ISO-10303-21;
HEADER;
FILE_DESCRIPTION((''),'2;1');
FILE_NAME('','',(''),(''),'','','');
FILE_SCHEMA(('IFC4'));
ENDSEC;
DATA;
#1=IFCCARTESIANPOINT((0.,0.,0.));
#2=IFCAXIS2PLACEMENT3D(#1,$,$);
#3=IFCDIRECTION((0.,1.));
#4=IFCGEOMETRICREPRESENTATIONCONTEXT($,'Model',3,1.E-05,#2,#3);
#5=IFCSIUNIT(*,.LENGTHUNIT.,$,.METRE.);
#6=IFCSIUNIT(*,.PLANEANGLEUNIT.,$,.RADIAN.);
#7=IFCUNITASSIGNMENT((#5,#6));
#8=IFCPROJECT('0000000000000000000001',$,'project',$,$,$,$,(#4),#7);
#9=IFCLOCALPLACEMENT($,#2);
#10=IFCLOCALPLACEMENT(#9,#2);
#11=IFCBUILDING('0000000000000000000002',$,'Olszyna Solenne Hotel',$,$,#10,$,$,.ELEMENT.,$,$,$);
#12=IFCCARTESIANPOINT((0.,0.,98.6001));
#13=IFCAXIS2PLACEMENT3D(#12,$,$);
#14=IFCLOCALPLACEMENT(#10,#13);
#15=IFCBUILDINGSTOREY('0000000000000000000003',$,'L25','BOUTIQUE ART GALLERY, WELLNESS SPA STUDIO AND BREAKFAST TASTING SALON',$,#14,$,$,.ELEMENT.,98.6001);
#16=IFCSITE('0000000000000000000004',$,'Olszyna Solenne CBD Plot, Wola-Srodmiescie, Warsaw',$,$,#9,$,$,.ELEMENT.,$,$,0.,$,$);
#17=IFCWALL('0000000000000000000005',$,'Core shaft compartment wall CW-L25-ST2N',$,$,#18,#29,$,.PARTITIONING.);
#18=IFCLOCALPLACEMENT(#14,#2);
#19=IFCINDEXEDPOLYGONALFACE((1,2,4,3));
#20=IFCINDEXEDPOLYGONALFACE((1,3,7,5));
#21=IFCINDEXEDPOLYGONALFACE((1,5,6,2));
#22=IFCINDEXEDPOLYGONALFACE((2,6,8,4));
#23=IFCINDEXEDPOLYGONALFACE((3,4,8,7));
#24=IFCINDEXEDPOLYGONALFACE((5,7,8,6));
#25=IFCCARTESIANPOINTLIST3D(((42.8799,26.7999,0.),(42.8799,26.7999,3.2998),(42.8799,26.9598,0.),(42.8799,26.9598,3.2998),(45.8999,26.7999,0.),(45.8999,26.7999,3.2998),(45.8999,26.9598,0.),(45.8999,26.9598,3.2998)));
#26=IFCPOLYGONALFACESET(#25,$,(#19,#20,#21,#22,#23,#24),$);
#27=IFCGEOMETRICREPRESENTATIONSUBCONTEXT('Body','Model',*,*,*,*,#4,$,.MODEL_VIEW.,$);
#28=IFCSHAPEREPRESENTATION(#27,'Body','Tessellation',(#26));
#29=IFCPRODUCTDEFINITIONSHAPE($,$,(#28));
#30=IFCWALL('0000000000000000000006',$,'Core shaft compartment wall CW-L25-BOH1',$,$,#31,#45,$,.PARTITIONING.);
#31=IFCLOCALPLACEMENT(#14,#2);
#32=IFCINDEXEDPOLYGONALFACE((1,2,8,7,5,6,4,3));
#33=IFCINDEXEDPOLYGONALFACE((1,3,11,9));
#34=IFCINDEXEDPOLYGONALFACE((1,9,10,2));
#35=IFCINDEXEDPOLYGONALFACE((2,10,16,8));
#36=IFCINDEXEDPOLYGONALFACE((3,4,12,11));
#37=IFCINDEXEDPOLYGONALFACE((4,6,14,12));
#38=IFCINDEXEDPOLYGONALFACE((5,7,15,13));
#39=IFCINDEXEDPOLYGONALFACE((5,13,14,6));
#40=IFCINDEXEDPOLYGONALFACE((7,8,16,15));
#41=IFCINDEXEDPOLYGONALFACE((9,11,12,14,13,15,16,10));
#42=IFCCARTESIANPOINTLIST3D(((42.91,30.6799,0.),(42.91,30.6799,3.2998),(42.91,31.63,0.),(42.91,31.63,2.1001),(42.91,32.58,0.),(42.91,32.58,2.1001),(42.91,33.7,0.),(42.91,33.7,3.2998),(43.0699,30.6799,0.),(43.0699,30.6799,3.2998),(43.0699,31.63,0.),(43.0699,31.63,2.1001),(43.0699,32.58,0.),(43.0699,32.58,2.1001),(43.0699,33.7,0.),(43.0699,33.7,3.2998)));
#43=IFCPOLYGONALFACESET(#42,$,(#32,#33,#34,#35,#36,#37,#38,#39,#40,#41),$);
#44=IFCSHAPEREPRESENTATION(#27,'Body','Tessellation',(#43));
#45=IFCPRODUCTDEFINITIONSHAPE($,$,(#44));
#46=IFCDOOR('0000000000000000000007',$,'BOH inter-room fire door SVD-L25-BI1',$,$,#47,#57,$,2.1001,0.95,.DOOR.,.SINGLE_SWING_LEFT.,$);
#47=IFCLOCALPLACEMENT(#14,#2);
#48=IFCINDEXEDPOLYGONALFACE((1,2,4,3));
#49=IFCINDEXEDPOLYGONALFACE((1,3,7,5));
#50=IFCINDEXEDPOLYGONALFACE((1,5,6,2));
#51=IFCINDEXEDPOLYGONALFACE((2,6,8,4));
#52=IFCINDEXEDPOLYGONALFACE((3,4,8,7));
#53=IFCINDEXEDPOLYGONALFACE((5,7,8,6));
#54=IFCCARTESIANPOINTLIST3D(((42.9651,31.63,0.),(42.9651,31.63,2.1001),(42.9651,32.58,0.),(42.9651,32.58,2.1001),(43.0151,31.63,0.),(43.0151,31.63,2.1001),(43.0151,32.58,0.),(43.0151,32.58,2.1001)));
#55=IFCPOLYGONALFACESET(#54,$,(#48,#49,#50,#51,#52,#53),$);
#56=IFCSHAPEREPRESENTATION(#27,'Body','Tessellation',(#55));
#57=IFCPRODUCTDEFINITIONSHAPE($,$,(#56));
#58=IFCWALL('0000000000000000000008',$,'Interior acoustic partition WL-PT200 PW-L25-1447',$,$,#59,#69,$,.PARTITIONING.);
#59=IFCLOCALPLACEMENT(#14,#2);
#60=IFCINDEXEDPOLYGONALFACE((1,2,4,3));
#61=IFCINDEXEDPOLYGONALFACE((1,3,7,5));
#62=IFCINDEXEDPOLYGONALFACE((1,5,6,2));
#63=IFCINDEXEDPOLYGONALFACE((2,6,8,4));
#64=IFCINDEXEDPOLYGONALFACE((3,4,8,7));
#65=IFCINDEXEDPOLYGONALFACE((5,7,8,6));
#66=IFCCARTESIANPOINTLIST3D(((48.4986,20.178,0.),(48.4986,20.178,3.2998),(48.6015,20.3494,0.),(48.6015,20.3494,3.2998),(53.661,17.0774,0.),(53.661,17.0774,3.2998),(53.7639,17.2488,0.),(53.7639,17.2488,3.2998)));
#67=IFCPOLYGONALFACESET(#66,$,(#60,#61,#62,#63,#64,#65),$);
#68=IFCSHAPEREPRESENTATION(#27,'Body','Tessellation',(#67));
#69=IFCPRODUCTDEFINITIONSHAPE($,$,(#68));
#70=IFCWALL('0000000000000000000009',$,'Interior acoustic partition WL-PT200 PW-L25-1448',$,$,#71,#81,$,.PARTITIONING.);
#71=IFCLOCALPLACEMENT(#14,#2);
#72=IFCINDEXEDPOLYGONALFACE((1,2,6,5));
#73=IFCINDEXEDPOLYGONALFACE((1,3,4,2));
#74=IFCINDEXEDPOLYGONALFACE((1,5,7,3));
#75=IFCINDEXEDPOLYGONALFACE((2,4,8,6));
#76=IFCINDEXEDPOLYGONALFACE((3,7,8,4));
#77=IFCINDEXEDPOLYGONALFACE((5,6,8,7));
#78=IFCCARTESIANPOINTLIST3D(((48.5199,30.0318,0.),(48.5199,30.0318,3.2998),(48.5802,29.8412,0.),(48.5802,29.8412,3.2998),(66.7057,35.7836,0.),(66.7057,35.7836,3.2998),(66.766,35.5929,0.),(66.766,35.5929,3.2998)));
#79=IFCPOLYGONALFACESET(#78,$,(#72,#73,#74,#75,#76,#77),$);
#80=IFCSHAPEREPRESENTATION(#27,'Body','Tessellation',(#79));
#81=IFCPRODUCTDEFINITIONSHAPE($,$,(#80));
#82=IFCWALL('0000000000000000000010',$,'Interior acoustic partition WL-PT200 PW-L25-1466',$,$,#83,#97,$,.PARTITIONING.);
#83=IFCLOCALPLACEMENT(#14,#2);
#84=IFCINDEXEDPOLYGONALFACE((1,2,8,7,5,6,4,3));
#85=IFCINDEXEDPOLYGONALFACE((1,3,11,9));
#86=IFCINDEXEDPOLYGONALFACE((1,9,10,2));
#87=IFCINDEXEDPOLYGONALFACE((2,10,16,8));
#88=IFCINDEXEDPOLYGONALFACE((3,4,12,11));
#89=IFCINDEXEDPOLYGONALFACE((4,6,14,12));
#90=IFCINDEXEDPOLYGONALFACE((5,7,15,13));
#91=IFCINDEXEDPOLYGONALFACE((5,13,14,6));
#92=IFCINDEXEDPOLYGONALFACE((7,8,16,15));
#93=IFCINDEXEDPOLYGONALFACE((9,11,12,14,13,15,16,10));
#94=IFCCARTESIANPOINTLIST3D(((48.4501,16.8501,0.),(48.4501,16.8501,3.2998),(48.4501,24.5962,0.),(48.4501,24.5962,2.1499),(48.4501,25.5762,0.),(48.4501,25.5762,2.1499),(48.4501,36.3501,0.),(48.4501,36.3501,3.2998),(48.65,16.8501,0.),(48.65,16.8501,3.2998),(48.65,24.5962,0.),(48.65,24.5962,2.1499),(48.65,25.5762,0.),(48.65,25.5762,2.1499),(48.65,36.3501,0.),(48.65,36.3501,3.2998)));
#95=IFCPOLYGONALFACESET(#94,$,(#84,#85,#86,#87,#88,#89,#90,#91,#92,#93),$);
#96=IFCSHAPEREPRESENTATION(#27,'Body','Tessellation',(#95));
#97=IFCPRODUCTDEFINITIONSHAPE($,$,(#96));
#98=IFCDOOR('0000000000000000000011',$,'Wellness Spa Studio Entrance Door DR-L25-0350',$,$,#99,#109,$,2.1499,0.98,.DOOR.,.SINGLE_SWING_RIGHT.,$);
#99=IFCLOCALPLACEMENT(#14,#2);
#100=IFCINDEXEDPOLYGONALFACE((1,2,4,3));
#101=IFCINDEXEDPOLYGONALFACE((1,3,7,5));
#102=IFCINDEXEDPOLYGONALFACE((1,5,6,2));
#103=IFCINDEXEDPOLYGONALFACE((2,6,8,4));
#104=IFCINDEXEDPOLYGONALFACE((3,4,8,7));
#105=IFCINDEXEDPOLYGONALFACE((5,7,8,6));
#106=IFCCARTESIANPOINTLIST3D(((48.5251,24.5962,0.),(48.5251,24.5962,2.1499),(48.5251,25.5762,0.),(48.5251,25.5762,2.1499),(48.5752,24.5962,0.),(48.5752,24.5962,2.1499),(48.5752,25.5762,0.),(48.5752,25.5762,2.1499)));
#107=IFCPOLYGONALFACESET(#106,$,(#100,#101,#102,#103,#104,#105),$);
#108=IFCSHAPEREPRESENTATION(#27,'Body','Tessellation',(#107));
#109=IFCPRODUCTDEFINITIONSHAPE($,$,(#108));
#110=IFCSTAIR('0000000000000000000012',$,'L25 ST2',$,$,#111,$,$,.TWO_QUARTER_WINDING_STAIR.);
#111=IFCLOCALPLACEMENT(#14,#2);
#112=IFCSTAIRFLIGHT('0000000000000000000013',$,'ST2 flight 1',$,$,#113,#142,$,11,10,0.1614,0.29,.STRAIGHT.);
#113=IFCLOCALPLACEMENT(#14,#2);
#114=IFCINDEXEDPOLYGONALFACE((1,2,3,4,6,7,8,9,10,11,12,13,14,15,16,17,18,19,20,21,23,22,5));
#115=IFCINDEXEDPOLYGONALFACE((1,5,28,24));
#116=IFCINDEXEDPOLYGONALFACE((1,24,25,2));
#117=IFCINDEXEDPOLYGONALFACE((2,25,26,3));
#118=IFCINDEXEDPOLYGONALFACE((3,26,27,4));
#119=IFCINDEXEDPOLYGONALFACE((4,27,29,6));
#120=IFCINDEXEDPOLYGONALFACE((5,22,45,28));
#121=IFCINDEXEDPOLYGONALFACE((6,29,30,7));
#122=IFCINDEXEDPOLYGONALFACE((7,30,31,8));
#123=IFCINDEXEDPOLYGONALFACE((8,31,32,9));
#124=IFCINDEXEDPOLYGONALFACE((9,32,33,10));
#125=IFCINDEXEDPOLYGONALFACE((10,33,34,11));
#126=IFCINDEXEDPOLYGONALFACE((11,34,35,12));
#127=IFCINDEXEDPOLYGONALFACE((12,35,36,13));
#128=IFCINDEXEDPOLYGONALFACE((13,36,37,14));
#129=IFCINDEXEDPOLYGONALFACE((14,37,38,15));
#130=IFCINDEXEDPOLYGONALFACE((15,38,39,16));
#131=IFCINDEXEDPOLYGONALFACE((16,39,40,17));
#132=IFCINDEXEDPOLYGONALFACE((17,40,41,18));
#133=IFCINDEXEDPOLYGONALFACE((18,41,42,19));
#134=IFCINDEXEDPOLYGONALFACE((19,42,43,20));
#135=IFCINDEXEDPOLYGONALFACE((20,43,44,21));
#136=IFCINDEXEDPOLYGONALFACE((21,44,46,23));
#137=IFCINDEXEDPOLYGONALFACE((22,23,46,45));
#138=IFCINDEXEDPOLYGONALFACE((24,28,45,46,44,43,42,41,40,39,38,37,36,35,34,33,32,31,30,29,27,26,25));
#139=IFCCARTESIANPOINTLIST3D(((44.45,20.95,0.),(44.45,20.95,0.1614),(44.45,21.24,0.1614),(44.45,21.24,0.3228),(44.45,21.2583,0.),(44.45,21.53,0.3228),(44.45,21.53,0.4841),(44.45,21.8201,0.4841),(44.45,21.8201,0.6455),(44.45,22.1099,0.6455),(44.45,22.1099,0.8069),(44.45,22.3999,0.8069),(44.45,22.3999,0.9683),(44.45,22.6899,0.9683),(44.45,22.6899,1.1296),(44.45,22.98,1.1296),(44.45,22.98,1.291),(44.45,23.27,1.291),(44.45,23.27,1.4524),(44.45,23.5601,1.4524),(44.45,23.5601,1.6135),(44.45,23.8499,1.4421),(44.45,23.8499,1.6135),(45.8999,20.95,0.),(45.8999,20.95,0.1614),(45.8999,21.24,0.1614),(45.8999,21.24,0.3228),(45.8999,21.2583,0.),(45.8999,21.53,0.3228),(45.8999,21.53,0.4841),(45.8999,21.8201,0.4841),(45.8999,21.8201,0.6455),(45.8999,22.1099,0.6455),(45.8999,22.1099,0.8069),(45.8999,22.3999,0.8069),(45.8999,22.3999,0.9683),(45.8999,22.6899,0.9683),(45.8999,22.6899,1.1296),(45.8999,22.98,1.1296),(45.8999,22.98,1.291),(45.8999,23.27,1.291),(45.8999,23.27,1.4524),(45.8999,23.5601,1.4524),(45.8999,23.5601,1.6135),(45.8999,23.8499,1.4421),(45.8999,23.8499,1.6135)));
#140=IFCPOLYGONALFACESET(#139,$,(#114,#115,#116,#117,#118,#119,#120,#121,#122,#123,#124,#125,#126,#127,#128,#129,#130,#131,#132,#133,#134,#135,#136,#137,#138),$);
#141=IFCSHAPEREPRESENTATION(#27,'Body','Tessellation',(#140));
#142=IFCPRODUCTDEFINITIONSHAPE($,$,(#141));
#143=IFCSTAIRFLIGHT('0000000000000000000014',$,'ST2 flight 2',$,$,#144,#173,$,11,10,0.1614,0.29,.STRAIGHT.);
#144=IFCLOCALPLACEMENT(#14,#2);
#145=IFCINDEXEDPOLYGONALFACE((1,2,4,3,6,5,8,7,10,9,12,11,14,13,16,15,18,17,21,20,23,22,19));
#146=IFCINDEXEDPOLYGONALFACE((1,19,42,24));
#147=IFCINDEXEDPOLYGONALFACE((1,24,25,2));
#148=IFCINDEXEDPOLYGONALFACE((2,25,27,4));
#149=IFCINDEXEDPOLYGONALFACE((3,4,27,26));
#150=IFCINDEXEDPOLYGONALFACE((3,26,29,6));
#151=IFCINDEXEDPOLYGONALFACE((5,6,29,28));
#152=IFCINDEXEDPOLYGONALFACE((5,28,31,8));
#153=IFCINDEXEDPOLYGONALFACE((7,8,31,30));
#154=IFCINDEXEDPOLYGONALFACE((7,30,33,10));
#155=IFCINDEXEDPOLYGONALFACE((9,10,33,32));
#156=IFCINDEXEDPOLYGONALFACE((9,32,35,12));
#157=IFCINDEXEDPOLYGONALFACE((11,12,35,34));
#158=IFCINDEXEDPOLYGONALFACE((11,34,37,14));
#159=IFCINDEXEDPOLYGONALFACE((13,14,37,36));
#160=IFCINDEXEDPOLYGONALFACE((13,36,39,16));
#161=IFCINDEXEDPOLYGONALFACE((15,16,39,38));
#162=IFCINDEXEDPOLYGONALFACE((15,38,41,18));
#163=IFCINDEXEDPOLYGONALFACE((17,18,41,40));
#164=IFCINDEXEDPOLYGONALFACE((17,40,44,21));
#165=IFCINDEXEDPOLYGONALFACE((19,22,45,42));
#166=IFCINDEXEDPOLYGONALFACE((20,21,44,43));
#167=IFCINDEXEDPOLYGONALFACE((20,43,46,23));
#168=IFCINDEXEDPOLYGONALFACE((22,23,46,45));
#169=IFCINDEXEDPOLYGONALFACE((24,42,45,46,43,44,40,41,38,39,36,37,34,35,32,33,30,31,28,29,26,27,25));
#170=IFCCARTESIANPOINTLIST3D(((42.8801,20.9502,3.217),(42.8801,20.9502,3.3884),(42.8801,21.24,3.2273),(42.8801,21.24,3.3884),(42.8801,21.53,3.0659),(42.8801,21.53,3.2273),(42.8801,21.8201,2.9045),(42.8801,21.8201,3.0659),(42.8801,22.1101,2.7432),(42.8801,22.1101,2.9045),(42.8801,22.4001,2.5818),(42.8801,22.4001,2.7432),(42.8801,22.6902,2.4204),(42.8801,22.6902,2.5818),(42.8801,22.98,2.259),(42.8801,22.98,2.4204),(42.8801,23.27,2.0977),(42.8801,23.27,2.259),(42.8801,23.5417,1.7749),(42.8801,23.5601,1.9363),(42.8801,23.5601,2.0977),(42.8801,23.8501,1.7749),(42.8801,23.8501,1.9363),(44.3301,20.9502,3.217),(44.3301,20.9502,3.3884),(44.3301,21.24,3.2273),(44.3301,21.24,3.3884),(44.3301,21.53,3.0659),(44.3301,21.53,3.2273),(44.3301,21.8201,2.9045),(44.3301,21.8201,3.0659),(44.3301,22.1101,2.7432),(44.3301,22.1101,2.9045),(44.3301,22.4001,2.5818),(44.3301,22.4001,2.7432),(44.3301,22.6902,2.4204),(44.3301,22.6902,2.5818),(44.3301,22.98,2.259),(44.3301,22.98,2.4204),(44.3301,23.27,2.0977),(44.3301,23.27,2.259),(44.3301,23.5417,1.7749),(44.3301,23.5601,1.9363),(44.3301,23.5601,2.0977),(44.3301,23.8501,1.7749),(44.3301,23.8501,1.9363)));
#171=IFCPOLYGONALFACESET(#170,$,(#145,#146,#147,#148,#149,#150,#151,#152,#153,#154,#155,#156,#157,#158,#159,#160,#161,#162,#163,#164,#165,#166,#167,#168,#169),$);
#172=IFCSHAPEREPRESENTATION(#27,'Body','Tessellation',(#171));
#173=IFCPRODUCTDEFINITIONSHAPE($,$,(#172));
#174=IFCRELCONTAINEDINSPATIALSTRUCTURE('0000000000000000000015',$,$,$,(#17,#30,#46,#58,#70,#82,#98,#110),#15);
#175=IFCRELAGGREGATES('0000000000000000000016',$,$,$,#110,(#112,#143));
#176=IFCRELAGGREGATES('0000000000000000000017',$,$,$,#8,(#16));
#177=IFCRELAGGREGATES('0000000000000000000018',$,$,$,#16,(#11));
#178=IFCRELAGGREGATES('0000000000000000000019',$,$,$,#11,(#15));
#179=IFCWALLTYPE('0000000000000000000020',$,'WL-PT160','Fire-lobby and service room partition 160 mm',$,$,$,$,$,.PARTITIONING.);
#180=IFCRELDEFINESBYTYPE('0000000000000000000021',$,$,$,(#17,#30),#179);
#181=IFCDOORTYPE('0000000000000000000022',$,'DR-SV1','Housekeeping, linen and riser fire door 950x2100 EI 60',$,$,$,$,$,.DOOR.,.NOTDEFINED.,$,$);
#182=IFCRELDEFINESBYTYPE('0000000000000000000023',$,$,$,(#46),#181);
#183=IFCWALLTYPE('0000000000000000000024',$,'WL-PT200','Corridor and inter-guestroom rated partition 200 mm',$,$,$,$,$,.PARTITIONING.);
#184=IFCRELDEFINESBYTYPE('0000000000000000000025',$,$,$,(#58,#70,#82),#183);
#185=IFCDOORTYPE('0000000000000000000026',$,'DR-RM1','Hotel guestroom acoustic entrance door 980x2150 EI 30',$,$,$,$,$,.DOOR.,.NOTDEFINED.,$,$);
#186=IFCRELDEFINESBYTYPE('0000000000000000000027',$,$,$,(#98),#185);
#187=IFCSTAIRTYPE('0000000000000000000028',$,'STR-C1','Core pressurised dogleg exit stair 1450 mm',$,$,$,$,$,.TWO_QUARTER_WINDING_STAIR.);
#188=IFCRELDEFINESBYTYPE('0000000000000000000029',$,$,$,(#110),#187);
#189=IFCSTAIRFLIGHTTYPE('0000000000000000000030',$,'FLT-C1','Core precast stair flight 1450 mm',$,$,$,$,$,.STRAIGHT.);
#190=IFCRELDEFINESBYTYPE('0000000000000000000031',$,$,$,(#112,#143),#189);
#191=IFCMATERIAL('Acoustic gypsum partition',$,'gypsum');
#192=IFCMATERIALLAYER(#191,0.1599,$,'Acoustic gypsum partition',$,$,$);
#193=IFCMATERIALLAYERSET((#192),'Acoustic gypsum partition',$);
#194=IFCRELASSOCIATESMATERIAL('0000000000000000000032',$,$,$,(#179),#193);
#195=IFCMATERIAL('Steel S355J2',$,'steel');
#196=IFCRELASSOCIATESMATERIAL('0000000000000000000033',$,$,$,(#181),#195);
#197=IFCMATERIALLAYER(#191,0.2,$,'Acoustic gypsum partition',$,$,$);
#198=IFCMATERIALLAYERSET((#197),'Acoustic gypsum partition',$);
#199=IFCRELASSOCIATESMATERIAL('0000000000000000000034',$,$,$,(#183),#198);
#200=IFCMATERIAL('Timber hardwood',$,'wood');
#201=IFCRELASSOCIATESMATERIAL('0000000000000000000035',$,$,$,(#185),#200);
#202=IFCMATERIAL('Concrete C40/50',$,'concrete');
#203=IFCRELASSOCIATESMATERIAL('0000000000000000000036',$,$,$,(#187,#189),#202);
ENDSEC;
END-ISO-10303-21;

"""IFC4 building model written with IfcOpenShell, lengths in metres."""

from ifc_helpers import new_model, si_unit, direction, frame, frame_2d, origin, place, context, subcontext, project, spatial, polyline, rectangle, outline, extrude, source, transform, mapped, material, layer, layer_set, type_object, type_shapes, element, fill, aggregate, save


model = new_model("IFC4")

# Units and contexts
model_context = context("Model", 3, precision=1e-05, world=origin(), true_north=direction((0.0, 1.0)))
body_context = subcontext(model_context, "Body", "Model", "MODEL_VIEW")
ifc_project = project(units=[si_unit("LENGTHUNIT", "METRE"), si_unit("PLANEANGLEUNIT", "RADIAN")], contexts=[model_context])

# Site, building, storey
site_placement = place(None, origin())
site = spatial("IfcSite", under=ifc_project, at=site_placement, Name="Olszyna Solenne CBD Plot, Wola-Srodmiescie, Warsaw", CompositionType="ELEMENT", RefElevation=0.0)
building_placement = place(site_placement, origin())
building = spatial("IfcBuilding", under=site, at=building_placement, Name="Olszyna Solenne Hotel", CompositionType="ELEMENT")
storey_placement = place(building_placement, frame((0.0, 0.0, 98.6001)))
storey = spatial("IfcBuildingStorey", under=building, at=storey_placement, Name="L25", Description="BOUTIQUE ART GALLERY, WELLNESS SPA STUDIO AND BREAKFAST TASTING SALON", CompositionType="ELEMENT", Elevation=98.6001)

# Shared definitions
ifc_material_1 = material(Name="Steel S355J2", Category="steel")

# Shared definitions
ifc_material_2 = material(Name="Acoustic gypsum partition", Category="gypsum")

# Shared definitions
ifc_layer_1 = layer(ifc_material_2, 0.1599, Name="Acoustic gypsum partition")
ifc_layer_set_1 = layer_set([ifc_layer_1], Name="Acoustic gypsum partition")
wall_type_1 = type_object("IfcWallType", Name="WL-PT160", Description="Fire-lobby and service room partition 160 mm", PredefinedType="PARTITIONING", material=ifc_layer_set_1)

# Wall
wall_1_placement = place(storey_placement, frame((42.8799, 26.8799, 0.0), z_axis=(0.0, 0.0, 1.0), x_axis=(1.0, 0.0, 0.0)))
element("IfcWall", 1, at=wall_1_placement, inside=storey, type_object=wall_type_1, Name="Core shaft compartment wall CW-L25-ST2N", PredefinedType="PARTITIONING", context=body_context, shape_type="SweptSolid", body=[
    extrude(rectangle(XDim=3.02, YDim=0.1599, at=frame_2d((1.51, 0.0))), origin(), (0.0, 0.0, 1.0), 3.2998),
])

# Wall, opening, door
wall_2_placement = place(storey_placement, frame((42.99, 30.6799, 0.0), z_axis=(0.0, 0.0, 1.0), x_axis=(0.0, 1.0, 0.0)))
wall_2 = element("IfcWall", 2, at=wall_2_placement, inside=storey, type_object=wall_type_1, Name="Core shaft compartment wall CW-L25-BOH1", PredefinedType="PARTITIONING", context=body_context, shape_type="SweptSolid", body=[
    extrude(rectangle(XDim=3.02, YDim=0.1599, at=frame_2d((1.51, 0.0))), origin(), (0.0, 0.0, 1.0), 3.2998),
])
opening_1_placement = place(wall_2_placement, frame((0.95, 0.0, 0.0)))
opening_1 = element("IfcOpeningElement", 3, at=opening_1_placement, cuts=wall_2, PredefinedType="OPENING", context=body_context, shape_type="SweptSolid", body=[
    extrude(rectangle(XDim=0.95, YDim=2.1001, at=frame_2d((0.4751, 1.05))), frame((0.0, 0.0898, 0.0), z_axis=(0.0, -1.0, 0.0), x_axis=(1.0, 0.0, 0.0)), (0.0, 0.0, 1.0), 0.1799),
])
door_type_1 = type_object("IfcDoorType", Name="DR-SV1", Description="Housekeeping, linen and riser fire door 950x2100 EI 60", OperationType="NOTDEFINED", PredefinedType="DOOR", material=ifc_material_1)
shared_shape_1 = source(origin(), body_context, "Body", "SweptSolid", [
    extrude(rectangle(XDim=0.95, YDim=2.1001, at=frame_2d((0.4751, 1.05))), frame((0.0, 0.0249, 0.0), z_axis=(0.0, -1.0, 0.0), x_axis=(1.0, 0.0, 0.0)), (0.0, 0.0, 1.0), 0.05),
])
type_shapes(door_type_1, [shared_shape_1])
door_1_placement = place(opening_1_placement, origin())
door_1 = element("IfcDoor", 4, at=door_1_placement, inside=storey, type_object=door_type_1, Name="BOH inter-room fire door SVD-L25-BI1", OperationType="SINGLE_SWING_LEFT", OverallHeight=2.1001, OverallWidth=0.95, PredefinedType="DOOR", context=body_context, shape_type="MappedRepresentation", body=[
    mapped(shared_shape_1, transform((0.0, 0.0, 0.0), x_axis=(1.0, 0.0, 0.0), y_axis=(0.0, 1.0, 0.0), z_axis=(0.0, 0.0, 1.0), scale=1.0)),
])
fill(opening_1, door_1)

# Walls
ifc_layer_2 = layer(ifc_material_2, 0.2, Name="Acoustic gypsum partition")
ifc_layer_set_2 = layer_set([ifc_layer_2], Name="Acoustic gypsum partition")
wall_type_2 = type_object("IfcWallType", Name="WL-PT200", Description="Corridor and inter-guestroom rated partition 200 mm", PredefinedType="PARTITIONING", material=ifc_layer_set_2)
wall_3_placement = place(storey_placement, frame((48.55, 20.2637, 0.0), z_axis=(0.0, 0.0, 1.0), x_axis=(0.85726, -0.514883, 0.0)))
element("IfcWall", 5, at=wall_3_placement, inside=storey, type_object=wall_type_2, Name="Interior acoustic partition WL-PT200 PW-L25-1447", PredefinedType="PARTITIONING", context=body_context, shape_type="SweptSolid", body=[
    extrude(rectangle(XDim=6.022, YDim=0.2, at=frame_2d((3.011, 0.0))), origin(), (0.0, 0.0, 1.0), 3.2998),
])
wall_4_placement = place(storey_placement, frame((48.55, 29.9365, 0.0), z_axis=(0.0, 0.0, 1.0), x_axis=(0.95345, 0.301552, 0.0)))
element("IfcWall", 6, at=wall_4_placement, inside=storey, type_object=wall_type_2, Name="Interior acoustic partition WL-PT200 PW-L25-1448", PredefinedType="PARTITIONING", context=body_context, shape_type="SweptSolid", body=[
    extrude(rectangle(XDim=19.0737, YDim=0.2, at=frame_2d((9.5369, 0.0))), origin(), (0.0, 0.0, 1.0), 3.2998),
])

# Wall, opening, door
wall_5_placement = place(storey_placement, frame((48.55, 16.8501, 0.0), z_axis=(0.0, 0.0, 1.0), x_axis=(0.0, 1.0, 0.0)))
wall_5 = element("IfcWall", 7, at=wall_5_placement, inside=storey, type_object=wall_type_2, Name="Interior acoustic partition WL-PT200 PW-L25-1466", PredefinedType="PARTITIONING", context=body_context, shape_type="SweptSolid", body=[
    extrude(rectangle(XDim=19.5, YDim=0.2, at=frame_2d((9.75, 0.0))), origin(), (0.0, 0.0, 1.0), 3.2998),
])
opening_2_placement = place(wall_5_placement, frame((7.7461, 0.0, 0.0)))
opening_2 = element("IfcOpeningElement", 8, at=opening_2_placement, cuts=wall_5, PredefinedType="OPENING", context=body_context, shape_type="SweptSolid", body=[
    extrude(rectangle(XDim=0.98, YDim=2.1499, at=frame_2d((0.49, 1.075))), frame((0.0, 0.1099, 0.0), z_axis=(0.0, -1.0, 0.0), x_axis=(1.0, 0.0, 0.0)), (0.0, 0.0, 1.0), 0.22),
])
ifc_material_3 = material(Name="Timber hardwood", Category="wood")
door_type_2 = type_object("IfcDoorType", Name="DR-RM1", Description="Hotel guestroom acoustic entrance door 980x2150 EI 30", OperationType="NOTDEFINED", PredefinedType="DOOR", material=ifc_material_3)
shared_shape_2 = source(origin(), body_context, "Body", "SweptSolid", [
    extrude(rectangle(XDim=0.98, YDim=2.1499, at=frame_2d((0.49, 1.075))), frame((0.0, 0.0249, 0.0), z_axis=(0.0, -1.0, 0.0), x_axis=(1.0, 0.0, 0.0)), (0.0, 0.0, 1.0), 0.05),
])
type_shapes(door_type_2, [shared_shape_2])
door_2_placement = place(opening_2_placement, origin())
door_2 = element("IfcDoor", 9, at=door_2_placement, inside=storey, type_object=door_type_2, Name="Wellness Spa Studio Entrance Door DR-L25-0350", OperationType="SINGLE_SWING_RIGHT", OverallHeight=2.1499, OverallWidth=0.98, PredefinedType="DOOR", context=body_context, shape_type="MappedRepresentation", body=[
    mapped(shared_shape_2, transform((0.0, 0.0, 0.0), x_axis=(1.0, 0.0, 0.0), y_axis=(0.0, 1.0, 0.0), z_axis=(0.0, 0.0, 1.0), scale=1.0)),
])
fill(opening_2, door_2)

# Stair, stair flights
ifc_material_4 = material(Name="Concrete C40/50", Category="concrete")
stair_type = type_object("IfcStairType", Name="STR-C1", Description="Core pressurised dogleg exit stair 1450 mm", PredefinedType="TWO_QUARTER_WINDING_STAIR", material=ifc_material_4)
stair_placement = place(storey_placement, origin())
stair = element("IfcStair", 10, at=stair_placement, inside=storey, type_object=stair_type, Name="L25 ST2", PredefinedType="TWO_QUARTER_WINDING_STAIR")
stair_flight_type = type_object("IfcStairFlightType", Name="FLT-C1", Description="Core precast stair flight 1450 mm", PredefinedType="STRAIGHT", material=ifc_material_4)
stair_flight_1_placement = place(storey_placement, frame((45.175, 20.95, 0.0), z_axis=(0.0, 0.0, 1.0), x_axis=(0.0, 1.0, 0.0)))
stair_flight_1 = element("IfcStairFlight", 11, at=stair_flight_1_placement, type_object=stair_flight_type, Name="ST2 flight 1", NumberOfRisers=11, NumberOfTreads=10, PredefinedType="STRAIGHT", RiserHeight=0.1614, TreadLength=0.29, context=body_context, shape_type="SweptSolid", body=[
    extrude(outline(polyline([(0.0, 0.0), (0.0, 0.1614), (0.29, 0.1614), (0.29, 0.3228), (0.5801, 0.3228), (0.5801, 0.4841), (0.8701, 0.4841), (0.8701, 0.6455), (1.1599, 0.6455), (1.1599, 0.8069), (1.45, 0.8069), (1.45, 0.9683), (1.74, 0.9683), (1.74, 1.1296), (2.03, 1.1296), (2.03, 1.291), (2.3201, 1.291), (2.3201, 1.4524), (2.6101, 1.4524), (2.6101, 1.6135), (2.8999, 1.6135), (2.8999, 1.7749), (2.8999, 1.4421), (0.3083, 0.0), (0.0, 0.0)])), frame((0.0, 0.7251, 0.0), z_axis=(0.0, -1.0, 0.0), x_axis=(1.0, 0.0, 0.0)), (0.0, 0.0, 1.0), 1.45),
])
stair_flight_2_placement = place(storey_placement, frame((43.605, 23.8501, 1.7749), z_axis=(0.0, 0.0, 1.0), x_axis=(0.0, -1.0, 0.0)))
stair_flight_2 = element("IfcStairFlight", 12, at=stair_flight_2_placement, type_object=stair_flight_type, Name="ST2 flight 2", NumberOfRisers=11, NumberOfTreads=10, PredefinedType="STRAIGHT", RiserHeight=0.1614, TreadLength=0.29, context=body_context, shape_type="SweptSolid", body=[
    extrude(outline(polyline([(0.0, 0.0), (0.0, 0.1614), (0.29, 0.1614), (0.29, 0.3228), (0.5801, 0.3228), (0.5801, 0.4841), (0.8701, 0.4841), (0.8701, 0.6455), (1.1599, 0.6455), (1.1599, 0.8069), (1.45, 0.8069), (1.45, 0.9683), (1.74, 0.9683), (1.74, 1.1296), (2.03, 1.1296), (2.03, 1.291), (2.3201, 1.291), (2.3201, 1.4524), (2.6101, 1.4524), (2.6101, 1.6135), (2.8999, 1.6135), (2.8999, 1.7749), (2.8999, 1.4421), (0.3083, 0.0), (0.0, 0.0)])), frame((0.0, 0.7251, 0.0), z_axis=(0.0, -1.0, 0.0), x_axis=(1.0, 0.0, 0.0)), (0.0, 0.0, 1.0), 1.45),
])
aggregate(stair, [stair_flight_1, stair_flight_2])

save(model, "model.ifc")
